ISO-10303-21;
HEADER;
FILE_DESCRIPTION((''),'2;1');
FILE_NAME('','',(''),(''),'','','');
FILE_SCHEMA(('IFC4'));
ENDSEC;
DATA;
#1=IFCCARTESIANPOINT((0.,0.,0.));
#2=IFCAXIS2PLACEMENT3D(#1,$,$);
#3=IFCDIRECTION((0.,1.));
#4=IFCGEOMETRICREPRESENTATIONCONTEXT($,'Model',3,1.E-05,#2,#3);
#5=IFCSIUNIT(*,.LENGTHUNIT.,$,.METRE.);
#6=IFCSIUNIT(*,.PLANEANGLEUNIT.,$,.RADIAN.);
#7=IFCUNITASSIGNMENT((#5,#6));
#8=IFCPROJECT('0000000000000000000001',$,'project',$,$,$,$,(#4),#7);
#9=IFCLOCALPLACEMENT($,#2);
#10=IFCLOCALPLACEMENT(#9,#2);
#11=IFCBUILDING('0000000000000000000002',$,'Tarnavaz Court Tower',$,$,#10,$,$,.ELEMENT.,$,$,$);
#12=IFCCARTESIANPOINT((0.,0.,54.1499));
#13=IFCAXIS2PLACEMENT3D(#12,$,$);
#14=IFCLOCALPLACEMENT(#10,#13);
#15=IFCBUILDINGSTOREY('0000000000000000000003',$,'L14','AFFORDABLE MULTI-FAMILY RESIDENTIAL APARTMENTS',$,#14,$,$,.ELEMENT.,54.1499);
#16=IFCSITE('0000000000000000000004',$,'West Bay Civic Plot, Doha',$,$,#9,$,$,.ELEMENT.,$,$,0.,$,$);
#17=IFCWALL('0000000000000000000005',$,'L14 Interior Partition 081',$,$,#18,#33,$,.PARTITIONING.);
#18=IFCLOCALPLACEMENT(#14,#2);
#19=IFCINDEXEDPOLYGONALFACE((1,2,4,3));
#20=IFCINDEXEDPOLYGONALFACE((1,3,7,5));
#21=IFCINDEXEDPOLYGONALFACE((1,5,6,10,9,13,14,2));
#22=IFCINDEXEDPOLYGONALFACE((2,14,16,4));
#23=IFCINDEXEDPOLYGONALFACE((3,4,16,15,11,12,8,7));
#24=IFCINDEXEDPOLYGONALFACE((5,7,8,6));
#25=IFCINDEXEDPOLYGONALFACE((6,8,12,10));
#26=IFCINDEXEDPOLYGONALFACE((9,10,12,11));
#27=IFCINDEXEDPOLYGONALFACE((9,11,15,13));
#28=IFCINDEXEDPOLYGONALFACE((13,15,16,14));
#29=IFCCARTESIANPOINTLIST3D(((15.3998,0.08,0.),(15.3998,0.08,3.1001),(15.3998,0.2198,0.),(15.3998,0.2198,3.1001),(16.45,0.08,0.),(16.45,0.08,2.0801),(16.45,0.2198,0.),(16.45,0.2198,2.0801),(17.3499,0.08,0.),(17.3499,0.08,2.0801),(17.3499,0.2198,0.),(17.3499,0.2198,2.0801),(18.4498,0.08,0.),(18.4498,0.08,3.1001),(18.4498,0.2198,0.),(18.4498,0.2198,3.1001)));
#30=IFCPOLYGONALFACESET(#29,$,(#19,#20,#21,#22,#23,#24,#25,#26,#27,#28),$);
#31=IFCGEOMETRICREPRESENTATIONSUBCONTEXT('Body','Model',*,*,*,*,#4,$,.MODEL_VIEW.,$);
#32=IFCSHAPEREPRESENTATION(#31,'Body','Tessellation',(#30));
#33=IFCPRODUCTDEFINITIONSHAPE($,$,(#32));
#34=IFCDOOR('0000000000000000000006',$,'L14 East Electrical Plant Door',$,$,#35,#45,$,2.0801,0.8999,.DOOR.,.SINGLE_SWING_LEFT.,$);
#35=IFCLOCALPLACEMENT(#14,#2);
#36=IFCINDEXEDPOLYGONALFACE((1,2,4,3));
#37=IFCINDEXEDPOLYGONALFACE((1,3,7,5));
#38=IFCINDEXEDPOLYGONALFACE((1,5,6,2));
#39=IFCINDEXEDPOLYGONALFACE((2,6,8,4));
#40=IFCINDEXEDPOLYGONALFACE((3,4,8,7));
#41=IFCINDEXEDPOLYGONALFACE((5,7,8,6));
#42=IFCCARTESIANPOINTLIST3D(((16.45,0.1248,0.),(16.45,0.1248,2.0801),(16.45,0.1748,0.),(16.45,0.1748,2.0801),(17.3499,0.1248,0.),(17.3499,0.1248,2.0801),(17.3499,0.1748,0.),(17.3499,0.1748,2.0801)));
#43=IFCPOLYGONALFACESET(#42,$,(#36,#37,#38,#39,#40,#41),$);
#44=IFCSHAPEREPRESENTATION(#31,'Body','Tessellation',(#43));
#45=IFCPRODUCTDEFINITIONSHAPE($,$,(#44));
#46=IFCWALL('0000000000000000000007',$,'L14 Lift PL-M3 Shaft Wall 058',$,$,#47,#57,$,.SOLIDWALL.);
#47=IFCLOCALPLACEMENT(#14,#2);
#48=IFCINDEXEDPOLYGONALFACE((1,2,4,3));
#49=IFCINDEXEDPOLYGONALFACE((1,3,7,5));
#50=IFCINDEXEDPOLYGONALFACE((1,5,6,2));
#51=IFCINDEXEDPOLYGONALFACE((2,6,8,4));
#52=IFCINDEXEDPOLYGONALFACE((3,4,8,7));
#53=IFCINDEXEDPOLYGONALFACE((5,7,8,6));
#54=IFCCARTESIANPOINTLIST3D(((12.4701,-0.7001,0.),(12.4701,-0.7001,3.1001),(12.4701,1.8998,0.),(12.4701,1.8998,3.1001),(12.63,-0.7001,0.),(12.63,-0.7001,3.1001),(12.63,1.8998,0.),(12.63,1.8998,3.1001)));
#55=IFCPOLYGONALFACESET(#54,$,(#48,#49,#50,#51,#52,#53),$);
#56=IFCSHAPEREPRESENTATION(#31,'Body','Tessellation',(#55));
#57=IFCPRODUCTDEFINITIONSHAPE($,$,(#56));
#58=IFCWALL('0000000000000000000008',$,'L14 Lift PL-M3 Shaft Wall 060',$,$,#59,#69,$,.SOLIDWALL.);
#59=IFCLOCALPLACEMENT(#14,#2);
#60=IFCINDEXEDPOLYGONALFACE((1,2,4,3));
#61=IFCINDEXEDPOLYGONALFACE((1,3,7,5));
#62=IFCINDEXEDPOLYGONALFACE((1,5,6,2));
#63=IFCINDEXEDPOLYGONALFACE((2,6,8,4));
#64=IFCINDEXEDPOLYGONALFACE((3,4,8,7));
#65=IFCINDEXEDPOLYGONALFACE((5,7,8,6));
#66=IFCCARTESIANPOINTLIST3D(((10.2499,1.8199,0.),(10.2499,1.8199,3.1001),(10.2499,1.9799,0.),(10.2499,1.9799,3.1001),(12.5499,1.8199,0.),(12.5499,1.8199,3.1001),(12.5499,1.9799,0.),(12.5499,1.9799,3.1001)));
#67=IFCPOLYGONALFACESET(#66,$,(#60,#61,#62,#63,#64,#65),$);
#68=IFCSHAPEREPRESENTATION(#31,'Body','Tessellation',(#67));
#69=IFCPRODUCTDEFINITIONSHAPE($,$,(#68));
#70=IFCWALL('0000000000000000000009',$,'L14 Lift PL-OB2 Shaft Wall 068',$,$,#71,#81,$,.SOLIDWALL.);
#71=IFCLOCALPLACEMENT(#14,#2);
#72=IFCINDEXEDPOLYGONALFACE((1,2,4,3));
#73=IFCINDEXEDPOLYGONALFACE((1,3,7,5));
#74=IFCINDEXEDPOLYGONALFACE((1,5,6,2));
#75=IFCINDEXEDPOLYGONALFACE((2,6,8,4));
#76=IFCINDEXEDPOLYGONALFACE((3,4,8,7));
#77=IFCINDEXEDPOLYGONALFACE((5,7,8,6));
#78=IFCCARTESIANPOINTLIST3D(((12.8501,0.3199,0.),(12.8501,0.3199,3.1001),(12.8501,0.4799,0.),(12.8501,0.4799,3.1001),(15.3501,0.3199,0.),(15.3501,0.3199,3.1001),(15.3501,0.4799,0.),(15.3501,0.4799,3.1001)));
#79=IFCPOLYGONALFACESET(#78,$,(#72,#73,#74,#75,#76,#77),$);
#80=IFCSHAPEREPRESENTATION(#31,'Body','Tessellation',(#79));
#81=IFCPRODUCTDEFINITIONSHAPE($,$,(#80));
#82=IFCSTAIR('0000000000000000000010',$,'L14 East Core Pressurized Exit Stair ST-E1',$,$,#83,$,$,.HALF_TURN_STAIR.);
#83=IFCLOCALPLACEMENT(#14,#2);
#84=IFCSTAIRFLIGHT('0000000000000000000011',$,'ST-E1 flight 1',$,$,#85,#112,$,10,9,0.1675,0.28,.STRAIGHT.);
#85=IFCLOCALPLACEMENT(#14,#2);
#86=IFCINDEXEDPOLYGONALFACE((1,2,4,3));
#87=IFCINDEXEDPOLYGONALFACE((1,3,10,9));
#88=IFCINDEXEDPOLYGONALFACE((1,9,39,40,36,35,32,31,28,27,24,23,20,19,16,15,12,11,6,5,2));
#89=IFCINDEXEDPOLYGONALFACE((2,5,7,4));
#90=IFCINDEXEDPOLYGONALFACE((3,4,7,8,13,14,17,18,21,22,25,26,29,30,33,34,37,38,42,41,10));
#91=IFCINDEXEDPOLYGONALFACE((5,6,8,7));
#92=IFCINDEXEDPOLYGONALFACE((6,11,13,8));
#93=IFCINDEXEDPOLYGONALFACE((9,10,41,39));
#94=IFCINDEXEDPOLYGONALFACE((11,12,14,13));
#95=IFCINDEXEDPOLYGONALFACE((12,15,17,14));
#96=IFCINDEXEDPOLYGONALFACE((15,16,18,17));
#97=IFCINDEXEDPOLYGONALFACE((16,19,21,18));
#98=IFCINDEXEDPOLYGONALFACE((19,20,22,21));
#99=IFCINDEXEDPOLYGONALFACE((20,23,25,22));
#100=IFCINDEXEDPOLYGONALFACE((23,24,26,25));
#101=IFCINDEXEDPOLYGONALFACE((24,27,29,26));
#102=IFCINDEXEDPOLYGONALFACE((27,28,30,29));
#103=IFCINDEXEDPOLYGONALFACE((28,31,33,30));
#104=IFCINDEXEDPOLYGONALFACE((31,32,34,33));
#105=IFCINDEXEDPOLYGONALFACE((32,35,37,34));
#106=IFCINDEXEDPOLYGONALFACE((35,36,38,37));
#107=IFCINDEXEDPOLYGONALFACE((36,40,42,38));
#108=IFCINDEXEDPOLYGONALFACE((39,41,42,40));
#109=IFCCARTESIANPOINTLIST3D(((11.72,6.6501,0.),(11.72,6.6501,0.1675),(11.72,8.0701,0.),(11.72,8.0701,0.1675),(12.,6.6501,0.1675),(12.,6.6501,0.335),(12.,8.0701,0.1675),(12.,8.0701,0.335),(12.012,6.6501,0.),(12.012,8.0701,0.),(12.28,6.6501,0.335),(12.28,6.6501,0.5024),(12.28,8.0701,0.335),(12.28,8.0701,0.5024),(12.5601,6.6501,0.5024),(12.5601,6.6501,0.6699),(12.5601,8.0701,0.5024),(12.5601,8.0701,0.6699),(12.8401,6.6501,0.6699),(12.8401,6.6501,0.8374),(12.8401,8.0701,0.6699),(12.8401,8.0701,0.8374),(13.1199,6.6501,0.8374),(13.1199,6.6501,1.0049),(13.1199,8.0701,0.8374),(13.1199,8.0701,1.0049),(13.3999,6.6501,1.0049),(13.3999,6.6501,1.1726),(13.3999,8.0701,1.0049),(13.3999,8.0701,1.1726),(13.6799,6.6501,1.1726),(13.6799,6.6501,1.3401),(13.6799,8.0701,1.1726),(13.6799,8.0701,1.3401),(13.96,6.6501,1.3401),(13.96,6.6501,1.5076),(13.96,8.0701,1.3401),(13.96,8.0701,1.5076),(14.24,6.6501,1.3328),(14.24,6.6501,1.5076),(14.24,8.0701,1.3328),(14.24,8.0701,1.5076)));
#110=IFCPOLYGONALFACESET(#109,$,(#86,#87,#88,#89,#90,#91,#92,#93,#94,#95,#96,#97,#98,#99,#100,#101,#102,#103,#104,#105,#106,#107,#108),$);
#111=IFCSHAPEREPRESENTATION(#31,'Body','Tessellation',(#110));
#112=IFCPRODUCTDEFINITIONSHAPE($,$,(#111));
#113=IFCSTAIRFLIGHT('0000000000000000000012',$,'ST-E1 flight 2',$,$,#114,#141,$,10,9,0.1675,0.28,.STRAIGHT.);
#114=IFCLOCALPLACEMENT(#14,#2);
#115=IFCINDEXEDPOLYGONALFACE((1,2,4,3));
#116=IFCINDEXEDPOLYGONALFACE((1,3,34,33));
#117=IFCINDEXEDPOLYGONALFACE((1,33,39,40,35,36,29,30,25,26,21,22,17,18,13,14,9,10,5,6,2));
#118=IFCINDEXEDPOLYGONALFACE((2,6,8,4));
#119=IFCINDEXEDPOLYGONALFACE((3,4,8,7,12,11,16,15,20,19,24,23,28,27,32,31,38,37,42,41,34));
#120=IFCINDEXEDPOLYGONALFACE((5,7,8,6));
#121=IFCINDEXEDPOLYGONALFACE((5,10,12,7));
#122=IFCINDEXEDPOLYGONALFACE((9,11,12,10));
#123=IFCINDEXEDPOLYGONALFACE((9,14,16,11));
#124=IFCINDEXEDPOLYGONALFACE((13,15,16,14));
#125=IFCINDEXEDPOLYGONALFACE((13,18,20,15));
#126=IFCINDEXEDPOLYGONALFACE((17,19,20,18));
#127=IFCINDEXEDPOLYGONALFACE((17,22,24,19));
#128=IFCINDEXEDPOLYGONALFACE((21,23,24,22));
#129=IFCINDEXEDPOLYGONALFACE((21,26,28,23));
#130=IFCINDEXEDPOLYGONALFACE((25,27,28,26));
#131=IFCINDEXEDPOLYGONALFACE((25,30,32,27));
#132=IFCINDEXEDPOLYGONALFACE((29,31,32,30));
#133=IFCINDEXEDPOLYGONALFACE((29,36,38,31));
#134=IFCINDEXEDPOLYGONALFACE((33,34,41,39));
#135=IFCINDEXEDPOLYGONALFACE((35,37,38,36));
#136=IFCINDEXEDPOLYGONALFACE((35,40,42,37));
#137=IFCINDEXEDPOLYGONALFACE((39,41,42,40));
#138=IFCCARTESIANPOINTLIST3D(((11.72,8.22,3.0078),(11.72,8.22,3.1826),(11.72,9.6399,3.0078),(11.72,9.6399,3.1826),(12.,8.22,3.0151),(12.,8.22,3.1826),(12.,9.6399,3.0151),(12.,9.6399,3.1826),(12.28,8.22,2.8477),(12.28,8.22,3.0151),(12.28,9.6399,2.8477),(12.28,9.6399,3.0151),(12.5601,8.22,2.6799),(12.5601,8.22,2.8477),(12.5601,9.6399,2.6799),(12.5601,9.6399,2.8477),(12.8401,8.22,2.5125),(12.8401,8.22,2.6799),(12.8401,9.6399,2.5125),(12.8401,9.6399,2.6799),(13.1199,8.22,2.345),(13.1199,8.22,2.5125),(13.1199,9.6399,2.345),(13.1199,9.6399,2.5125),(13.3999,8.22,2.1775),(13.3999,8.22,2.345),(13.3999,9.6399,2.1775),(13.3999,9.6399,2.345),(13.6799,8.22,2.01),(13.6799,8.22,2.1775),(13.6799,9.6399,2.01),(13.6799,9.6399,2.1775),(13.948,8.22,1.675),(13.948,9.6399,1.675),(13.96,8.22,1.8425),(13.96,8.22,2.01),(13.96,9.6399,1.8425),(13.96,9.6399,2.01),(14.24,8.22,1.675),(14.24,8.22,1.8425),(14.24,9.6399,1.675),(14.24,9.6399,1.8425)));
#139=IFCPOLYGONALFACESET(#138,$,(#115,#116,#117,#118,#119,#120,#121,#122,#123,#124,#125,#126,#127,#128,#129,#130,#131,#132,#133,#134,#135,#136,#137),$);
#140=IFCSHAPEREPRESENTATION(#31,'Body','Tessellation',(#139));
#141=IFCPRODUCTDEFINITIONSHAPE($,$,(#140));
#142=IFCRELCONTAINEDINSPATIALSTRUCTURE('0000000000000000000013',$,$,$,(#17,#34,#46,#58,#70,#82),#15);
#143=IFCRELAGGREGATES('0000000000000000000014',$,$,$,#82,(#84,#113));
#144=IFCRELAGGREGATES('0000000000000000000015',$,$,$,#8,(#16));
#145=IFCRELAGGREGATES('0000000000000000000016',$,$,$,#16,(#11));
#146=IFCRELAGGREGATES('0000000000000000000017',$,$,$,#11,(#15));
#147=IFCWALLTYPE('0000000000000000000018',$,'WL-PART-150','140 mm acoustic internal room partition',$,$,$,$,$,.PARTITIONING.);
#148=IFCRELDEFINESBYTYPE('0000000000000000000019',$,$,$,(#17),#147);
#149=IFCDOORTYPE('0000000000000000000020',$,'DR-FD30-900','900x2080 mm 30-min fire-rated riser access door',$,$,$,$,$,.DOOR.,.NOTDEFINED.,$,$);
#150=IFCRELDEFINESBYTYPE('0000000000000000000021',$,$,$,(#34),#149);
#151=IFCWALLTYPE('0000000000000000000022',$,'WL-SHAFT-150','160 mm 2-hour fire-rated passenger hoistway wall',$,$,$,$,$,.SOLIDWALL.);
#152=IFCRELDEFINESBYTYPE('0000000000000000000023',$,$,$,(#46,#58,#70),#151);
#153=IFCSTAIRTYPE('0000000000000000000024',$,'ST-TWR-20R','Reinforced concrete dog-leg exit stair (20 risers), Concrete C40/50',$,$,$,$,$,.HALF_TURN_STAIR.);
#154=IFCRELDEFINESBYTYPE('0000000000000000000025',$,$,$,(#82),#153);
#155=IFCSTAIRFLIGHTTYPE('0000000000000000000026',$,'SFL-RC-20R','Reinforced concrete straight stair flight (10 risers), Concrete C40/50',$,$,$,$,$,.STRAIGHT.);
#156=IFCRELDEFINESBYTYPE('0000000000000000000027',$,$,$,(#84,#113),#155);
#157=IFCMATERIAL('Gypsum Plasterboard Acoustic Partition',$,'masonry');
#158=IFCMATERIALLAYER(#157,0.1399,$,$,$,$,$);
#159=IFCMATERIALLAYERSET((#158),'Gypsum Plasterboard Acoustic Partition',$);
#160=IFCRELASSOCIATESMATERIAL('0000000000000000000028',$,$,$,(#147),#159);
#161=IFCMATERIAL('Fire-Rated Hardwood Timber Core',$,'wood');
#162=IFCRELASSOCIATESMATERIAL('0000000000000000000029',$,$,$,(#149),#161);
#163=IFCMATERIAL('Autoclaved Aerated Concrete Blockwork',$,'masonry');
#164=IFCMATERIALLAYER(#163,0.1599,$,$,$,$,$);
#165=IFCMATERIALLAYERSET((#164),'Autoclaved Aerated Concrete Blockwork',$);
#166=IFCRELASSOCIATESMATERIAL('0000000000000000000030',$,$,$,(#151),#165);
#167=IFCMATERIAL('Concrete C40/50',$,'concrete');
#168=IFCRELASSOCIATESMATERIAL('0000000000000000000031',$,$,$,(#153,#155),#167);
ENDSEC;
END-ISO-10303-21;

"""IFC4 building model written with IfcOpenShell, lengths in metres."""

from ifc_helpers import new_model, si_unit, direction, frame, frame_2d, origin, place, context, subcontext, project, spatial, polyline, rectangle, outline, extrude, material, layer, layer_set, type_object, element, fill, aggregate, save


model = new_model("IFC4")

# Units and contexts
model_context = context("Model", 3, precision=1e-05, world=origin(), true_north=direction((0.0, 1.0)))
body_context = subcontext(model_context, "Body", "Model", "MODEL_VIEW")
ifc_project = project(units=[si_unit("LENGTHUNIT", "METRE"), si_unit("PLANEANGLEUNIT", "RADIAN")], contexts=[model_context])

# Site, building, storey
site_placement = place(None, origin())
site = spatial("IfcSite", under=ifc_project, at=site_placement, Name="West Bay Civic Plot, Doha", CompositionType="ELEMENT", RefElevation=0.0)
building_placement = place(site_placement, origin())
building = spatial("IfcBuilding", under=site, at=building_placement, Name="Tarnavaz Court Tower", CompositionType="ELEMENT")
storey_placement = place(building_placement, frame((0.0, 0.0, 54.1499)))
storey = spatial("IfcBuildingStorey", under=building, at=storey_placement, Name="L14", Description="AFFORDABLE MULTI-FAMILY RESIDENTIAL APARTMENTS", CompositionType="ELEMENT", Elevation=54.1499)

# Shared definitions
ifc_material_1 = material(Name="Autoclaved Aerated Concrete Blockwork", Category="masonry")
ifc_material_2 = material(Name="Fire-Rated Hardwood Timber Core", Category="wood")

# Shared definitions
ifc_material_3 = material(Name="Gypsum Plasterboard Acoustic Partition", Category="masonry")
ifc_layer_1 = layer(ifc_material_3, 0.1399)
ifc_layer_set_1 = layer_set([ifc_layer_1], Name="Gypsum Plasterboard Acoustic Partition")
wall_type_1 = type_object("IfcWallType", Name="WL-PART-150", Description="140 mm acoustic internal room partition", PredefinedType="PARTITIONING", material=ifc_layer_set_1)

# Wall, opening, door
wall_1_placement = place(storey_placement, frame((15.3999, 0.1499, 0.0), z_axis=(0.0, 0.0, 1.0), x_axis=(1.0, 0.0, 0.0)))
wall_1 = element("IfcWall", 1, at=wall_1_placement, inside=storey, type_object=wall_type_1, Name="L14 Interior Partition 081", PredefinedType="PARTITIONING", context=body_context, shape_type="SweptSolid", body=[
    extrude(rectangle(XDim=3.05, YDim=0.1399, at=frame_2d((1.5249, 0.0))), origin(), (0.0, 0.0, 1.0), 3.1001),
])
opening_1_placement = place(wall_1_placement, frame((1.05, 0.0, 0.0)))
opening_1 = element("IfcOpeningElement", 2, at=opening_1_placement, cuts=wall_1, PredefinedType="OPENING", context=body_context, shape_type="SweptSolid", body=[
    extrude(rectangle(XDim=0.8999, YDim=2.0801, at=frame_2d((0.45, 1.04))), frame((0.0, 0.0798, 0.0), z_axis=(0.0, -1.0, 0.0), x_axis=(1.0, 0.0, 0.0)), (0.0, 0.0, 1.0), 0.1599),
])
door_type_1 = type_object("IfcDoorType", Name="DR-FD30-900", Description="900x2080 mm 30-min fire-rated riser access door", OperationType="NOTDEFINED", PredefinedType="DOOR", material=ifc_material_2)
door_1_placement = place(opening_1_placement, origin())
door_1 = element("IfcDoor", 3, at=door_1_placement, inside=storey, type_object=door_type_1, Name="L14 East Electrical Plant Door", OperationType="SINGLE_SWING_LEFT", OverallHeight=2.0801, OverallWidth=0.8999, PredefinedType="DOOR", context=body_context, shape_type="SweptSolid", body=[
    extrude(rectangle(XDim=0.8999, YDim=2.0801, at=frame_2d((0.45, 1.04))), frame((0.0, 0.0249, 0.0), z_axis=(0.0, -1.0, 0.0), x_axis=(1.0, 0.0, 0.0)), (0.0, 0.0, 1.0), 0.05),
])
fill(opening_1, door_1)

# Walls
ifc_layer_2 = layer(ifc_material_1, 0.1599)
ifc_layer_set_2 = layer_set([ifc_layer_2], Name="Autoclaved Aerated Concrete Blockwork")
wall_type_2 = type_object("IfcWallType", Name="WL-SHAFT-150", Description="160 mm 2-hour fire-rated passenger hoistway wall", PredefinedType="SOLIDWALL", material=ifc_layer_set_2)
wall_2_placement = place(storey_placement, frame((12.55, -0.7, 0.0), z_axis=(0.0, 0.0, 1.0), x_axis=(0.0, 1.0, 0.0)))
element("IfcWall", 4, at=wall_2_placement, inside=storey, type_object=wall_type_2, Name="L14 Lift PL-M3 Shaft Wall 058", PredefinedType="SOLIDWALL", context=body_context, shape_type="SweptSolid", body=[
    extrude(rectangle(XDim=2.5999, YDim=0.1599, at=frame_2d((1.2998, 0.0))), origin(), (0.0, 0.0, 1.0), 3.1001),
])
wall_3_placement = place(storey_placement, frame((10.25, 1.8999, 0.0), z_axis=(0.0, 0.0, 1.0), x_axis=(1.0, 0.0, 0.0)))
element("IfcWall", 5, at=wall_3_placement, inside=storey, type_object=wall_type_2, Name="L14 Lift PL-M3 Shaft Wall 060", PredefinedType="SOLIDWALL", context=body_context, shape_type="SweptSolid", body=[
    extrude(rectangle(XDim=2.3, YDim=0.1599, at=frame_2d((1.1499, 0.0))), origin(), (0.0, 0.0, 1.0), 3.1001),
])
wall_4_placement = place(storey_placement, frame((12.8501, 0.3999, 0.0), z_axis=(0.0, 0.0, 1.0), x_axis=(1.0, 0.0, 0.0)))
element("IfcWall", 6, at=wall_4_placement, inside=storey, type_object=wall_type_2, Name="L14 Lift PL-OB2 Shaft Wall 068", PredefinedType="SOLIDWALL", context=body_context, shape_type="SweptSolid", body=[
    extrude(rectangle(XDim=2.5, YDim=0.1599, at=frame_2d((1.25, 0.0))), origin(), (0.0, 0.0, 1.0), 3.1001),
])

# Stair, stair flights
ifc_material_4 = material(Name="Concrete C40/50", Category="concrete")
stair_type = type_object("IfcStairType", Name="ST-TWR-20R", Description="Reinforced concrete dog-leg exit stair (20 risers), Concrete C40/50", PredefinedType="HALF_TURN_STAIR", material=ifc_material_4)
stair_placement = place(storey_placement, origin())
stair = element("IfcStair", 7, at=stair_placement, inside=storey, type_object=stair_type, Name="L14 East Core Pressurized Exit Stair ST-E1", PredefinedType="HALF_TURN_STAIR")
stair_flight_type = type_object("IfcStairFlightType", Name="SFL-RC-20R", Description="Reinforced concrete straight stair flight (10 risers), Concrete C40/50", PredefinedType="STRAIGHT", material=ifc_material_4)
stair_flight_1_placement = place(storey_placement, frame((11.72, 7.3601, 0.0), z_axis=(0.0, 0.0, 1.0), x_axis=(1.0, 0.0, 0.0)))
stair_flight_1 = element("IfcStairFlight", 8, at=stair_flight_1_placement, type_object=stair_flight_type, Name="ST-E1 flight 1", NumberOfRisers=10, NumberOfTreads=9, PredefinedType="STRAIGHT", RiserHeight=0.1675, TreadLength=0.28, context=body_context, shape_type="SweptSolid", body=[
    extrude(outline(polyline([(0.0, 0.0), (0.0, 0.1675), (0.28, 0.1675), (0.28, 0.335), (0.5601, 0.335), (0.5601, 0.5024), (0.8401, 0.5024), (0.8401, 0.6699), (1.1201, 0.6699), (1.1201, 0.8374), (1.3999, 0.8374), (1.3999, 1.0049), (1.6799, 1.0049), (1.6799, 1.1726), (1.96, 1.1726), (1.96, 1.3401), (2.24, 1.3401), (2.24, 1.5076), (2.52, 1.5076), (2.52, 1.675), (2.52, 1.3328), (0.292, 0.0), (0.0, 0.0)])), frame((0.0, 0.71, 0.0), z_axis=(0.0, -1.0, 0.0), x_axis=(1.0, 0.0, 0.0)), (0.0, 0.0, 1.0), 1.4199),
])
stair_flight_2_placement = place(storey_placement, frame((14.24, 8.9299, 1.675), z_axis=(0.0, 0.0, 1.0), x_axis=(-1.0, 0.0, 0.0)))
stair_flight_2 = element("IfcStairFlight", 9, at=stair_flight_2_placement, type_object=stair_flight_type, Name="ST-E1 flight 2", NumberOfRisers=10, NumberOfTreads=9, PredefinedType="STRAIGHT", RiserHeight=0.1675, TreadLength=0.28, context=body_context, shape_type="SweptSolid", body=[
    extrude(outline(polyline([(0.0, 0.0), (0.0, 0.1675), (0.28, 0.1675), (0.28, 0.335), (0.5601, 0.335), (0.5601, 0.5024), (0.8401, 0.5024), (0.8401, 0.6699), (1.1201, 0.6699), (1.1201, 0.8374), (1.3999, 0.8374), (1.3999, 1.0049), (1.6799, 1.0049), (1.6799, 1.1726), (1.96, 1.1726), (1.96, 1.3401), (2.24, 1.3401), (2.24, 1.5076), (2.52, 1.5076), (2.52, 1.675), (2.52, 1.3328), (0.292, 0.0), (0.0, 0.0)])), frame((0.0, 0.71, 0.0), z_axis=(0.0, -1.0, 0.0), x_axis=(1.0, 0.0, 0.0)), (0.0, 0.0, 1.0), 1.4199),
])
aggregate(stair, [stair_flight_1, stair_flight_2])

save(model, "model.ifc")
